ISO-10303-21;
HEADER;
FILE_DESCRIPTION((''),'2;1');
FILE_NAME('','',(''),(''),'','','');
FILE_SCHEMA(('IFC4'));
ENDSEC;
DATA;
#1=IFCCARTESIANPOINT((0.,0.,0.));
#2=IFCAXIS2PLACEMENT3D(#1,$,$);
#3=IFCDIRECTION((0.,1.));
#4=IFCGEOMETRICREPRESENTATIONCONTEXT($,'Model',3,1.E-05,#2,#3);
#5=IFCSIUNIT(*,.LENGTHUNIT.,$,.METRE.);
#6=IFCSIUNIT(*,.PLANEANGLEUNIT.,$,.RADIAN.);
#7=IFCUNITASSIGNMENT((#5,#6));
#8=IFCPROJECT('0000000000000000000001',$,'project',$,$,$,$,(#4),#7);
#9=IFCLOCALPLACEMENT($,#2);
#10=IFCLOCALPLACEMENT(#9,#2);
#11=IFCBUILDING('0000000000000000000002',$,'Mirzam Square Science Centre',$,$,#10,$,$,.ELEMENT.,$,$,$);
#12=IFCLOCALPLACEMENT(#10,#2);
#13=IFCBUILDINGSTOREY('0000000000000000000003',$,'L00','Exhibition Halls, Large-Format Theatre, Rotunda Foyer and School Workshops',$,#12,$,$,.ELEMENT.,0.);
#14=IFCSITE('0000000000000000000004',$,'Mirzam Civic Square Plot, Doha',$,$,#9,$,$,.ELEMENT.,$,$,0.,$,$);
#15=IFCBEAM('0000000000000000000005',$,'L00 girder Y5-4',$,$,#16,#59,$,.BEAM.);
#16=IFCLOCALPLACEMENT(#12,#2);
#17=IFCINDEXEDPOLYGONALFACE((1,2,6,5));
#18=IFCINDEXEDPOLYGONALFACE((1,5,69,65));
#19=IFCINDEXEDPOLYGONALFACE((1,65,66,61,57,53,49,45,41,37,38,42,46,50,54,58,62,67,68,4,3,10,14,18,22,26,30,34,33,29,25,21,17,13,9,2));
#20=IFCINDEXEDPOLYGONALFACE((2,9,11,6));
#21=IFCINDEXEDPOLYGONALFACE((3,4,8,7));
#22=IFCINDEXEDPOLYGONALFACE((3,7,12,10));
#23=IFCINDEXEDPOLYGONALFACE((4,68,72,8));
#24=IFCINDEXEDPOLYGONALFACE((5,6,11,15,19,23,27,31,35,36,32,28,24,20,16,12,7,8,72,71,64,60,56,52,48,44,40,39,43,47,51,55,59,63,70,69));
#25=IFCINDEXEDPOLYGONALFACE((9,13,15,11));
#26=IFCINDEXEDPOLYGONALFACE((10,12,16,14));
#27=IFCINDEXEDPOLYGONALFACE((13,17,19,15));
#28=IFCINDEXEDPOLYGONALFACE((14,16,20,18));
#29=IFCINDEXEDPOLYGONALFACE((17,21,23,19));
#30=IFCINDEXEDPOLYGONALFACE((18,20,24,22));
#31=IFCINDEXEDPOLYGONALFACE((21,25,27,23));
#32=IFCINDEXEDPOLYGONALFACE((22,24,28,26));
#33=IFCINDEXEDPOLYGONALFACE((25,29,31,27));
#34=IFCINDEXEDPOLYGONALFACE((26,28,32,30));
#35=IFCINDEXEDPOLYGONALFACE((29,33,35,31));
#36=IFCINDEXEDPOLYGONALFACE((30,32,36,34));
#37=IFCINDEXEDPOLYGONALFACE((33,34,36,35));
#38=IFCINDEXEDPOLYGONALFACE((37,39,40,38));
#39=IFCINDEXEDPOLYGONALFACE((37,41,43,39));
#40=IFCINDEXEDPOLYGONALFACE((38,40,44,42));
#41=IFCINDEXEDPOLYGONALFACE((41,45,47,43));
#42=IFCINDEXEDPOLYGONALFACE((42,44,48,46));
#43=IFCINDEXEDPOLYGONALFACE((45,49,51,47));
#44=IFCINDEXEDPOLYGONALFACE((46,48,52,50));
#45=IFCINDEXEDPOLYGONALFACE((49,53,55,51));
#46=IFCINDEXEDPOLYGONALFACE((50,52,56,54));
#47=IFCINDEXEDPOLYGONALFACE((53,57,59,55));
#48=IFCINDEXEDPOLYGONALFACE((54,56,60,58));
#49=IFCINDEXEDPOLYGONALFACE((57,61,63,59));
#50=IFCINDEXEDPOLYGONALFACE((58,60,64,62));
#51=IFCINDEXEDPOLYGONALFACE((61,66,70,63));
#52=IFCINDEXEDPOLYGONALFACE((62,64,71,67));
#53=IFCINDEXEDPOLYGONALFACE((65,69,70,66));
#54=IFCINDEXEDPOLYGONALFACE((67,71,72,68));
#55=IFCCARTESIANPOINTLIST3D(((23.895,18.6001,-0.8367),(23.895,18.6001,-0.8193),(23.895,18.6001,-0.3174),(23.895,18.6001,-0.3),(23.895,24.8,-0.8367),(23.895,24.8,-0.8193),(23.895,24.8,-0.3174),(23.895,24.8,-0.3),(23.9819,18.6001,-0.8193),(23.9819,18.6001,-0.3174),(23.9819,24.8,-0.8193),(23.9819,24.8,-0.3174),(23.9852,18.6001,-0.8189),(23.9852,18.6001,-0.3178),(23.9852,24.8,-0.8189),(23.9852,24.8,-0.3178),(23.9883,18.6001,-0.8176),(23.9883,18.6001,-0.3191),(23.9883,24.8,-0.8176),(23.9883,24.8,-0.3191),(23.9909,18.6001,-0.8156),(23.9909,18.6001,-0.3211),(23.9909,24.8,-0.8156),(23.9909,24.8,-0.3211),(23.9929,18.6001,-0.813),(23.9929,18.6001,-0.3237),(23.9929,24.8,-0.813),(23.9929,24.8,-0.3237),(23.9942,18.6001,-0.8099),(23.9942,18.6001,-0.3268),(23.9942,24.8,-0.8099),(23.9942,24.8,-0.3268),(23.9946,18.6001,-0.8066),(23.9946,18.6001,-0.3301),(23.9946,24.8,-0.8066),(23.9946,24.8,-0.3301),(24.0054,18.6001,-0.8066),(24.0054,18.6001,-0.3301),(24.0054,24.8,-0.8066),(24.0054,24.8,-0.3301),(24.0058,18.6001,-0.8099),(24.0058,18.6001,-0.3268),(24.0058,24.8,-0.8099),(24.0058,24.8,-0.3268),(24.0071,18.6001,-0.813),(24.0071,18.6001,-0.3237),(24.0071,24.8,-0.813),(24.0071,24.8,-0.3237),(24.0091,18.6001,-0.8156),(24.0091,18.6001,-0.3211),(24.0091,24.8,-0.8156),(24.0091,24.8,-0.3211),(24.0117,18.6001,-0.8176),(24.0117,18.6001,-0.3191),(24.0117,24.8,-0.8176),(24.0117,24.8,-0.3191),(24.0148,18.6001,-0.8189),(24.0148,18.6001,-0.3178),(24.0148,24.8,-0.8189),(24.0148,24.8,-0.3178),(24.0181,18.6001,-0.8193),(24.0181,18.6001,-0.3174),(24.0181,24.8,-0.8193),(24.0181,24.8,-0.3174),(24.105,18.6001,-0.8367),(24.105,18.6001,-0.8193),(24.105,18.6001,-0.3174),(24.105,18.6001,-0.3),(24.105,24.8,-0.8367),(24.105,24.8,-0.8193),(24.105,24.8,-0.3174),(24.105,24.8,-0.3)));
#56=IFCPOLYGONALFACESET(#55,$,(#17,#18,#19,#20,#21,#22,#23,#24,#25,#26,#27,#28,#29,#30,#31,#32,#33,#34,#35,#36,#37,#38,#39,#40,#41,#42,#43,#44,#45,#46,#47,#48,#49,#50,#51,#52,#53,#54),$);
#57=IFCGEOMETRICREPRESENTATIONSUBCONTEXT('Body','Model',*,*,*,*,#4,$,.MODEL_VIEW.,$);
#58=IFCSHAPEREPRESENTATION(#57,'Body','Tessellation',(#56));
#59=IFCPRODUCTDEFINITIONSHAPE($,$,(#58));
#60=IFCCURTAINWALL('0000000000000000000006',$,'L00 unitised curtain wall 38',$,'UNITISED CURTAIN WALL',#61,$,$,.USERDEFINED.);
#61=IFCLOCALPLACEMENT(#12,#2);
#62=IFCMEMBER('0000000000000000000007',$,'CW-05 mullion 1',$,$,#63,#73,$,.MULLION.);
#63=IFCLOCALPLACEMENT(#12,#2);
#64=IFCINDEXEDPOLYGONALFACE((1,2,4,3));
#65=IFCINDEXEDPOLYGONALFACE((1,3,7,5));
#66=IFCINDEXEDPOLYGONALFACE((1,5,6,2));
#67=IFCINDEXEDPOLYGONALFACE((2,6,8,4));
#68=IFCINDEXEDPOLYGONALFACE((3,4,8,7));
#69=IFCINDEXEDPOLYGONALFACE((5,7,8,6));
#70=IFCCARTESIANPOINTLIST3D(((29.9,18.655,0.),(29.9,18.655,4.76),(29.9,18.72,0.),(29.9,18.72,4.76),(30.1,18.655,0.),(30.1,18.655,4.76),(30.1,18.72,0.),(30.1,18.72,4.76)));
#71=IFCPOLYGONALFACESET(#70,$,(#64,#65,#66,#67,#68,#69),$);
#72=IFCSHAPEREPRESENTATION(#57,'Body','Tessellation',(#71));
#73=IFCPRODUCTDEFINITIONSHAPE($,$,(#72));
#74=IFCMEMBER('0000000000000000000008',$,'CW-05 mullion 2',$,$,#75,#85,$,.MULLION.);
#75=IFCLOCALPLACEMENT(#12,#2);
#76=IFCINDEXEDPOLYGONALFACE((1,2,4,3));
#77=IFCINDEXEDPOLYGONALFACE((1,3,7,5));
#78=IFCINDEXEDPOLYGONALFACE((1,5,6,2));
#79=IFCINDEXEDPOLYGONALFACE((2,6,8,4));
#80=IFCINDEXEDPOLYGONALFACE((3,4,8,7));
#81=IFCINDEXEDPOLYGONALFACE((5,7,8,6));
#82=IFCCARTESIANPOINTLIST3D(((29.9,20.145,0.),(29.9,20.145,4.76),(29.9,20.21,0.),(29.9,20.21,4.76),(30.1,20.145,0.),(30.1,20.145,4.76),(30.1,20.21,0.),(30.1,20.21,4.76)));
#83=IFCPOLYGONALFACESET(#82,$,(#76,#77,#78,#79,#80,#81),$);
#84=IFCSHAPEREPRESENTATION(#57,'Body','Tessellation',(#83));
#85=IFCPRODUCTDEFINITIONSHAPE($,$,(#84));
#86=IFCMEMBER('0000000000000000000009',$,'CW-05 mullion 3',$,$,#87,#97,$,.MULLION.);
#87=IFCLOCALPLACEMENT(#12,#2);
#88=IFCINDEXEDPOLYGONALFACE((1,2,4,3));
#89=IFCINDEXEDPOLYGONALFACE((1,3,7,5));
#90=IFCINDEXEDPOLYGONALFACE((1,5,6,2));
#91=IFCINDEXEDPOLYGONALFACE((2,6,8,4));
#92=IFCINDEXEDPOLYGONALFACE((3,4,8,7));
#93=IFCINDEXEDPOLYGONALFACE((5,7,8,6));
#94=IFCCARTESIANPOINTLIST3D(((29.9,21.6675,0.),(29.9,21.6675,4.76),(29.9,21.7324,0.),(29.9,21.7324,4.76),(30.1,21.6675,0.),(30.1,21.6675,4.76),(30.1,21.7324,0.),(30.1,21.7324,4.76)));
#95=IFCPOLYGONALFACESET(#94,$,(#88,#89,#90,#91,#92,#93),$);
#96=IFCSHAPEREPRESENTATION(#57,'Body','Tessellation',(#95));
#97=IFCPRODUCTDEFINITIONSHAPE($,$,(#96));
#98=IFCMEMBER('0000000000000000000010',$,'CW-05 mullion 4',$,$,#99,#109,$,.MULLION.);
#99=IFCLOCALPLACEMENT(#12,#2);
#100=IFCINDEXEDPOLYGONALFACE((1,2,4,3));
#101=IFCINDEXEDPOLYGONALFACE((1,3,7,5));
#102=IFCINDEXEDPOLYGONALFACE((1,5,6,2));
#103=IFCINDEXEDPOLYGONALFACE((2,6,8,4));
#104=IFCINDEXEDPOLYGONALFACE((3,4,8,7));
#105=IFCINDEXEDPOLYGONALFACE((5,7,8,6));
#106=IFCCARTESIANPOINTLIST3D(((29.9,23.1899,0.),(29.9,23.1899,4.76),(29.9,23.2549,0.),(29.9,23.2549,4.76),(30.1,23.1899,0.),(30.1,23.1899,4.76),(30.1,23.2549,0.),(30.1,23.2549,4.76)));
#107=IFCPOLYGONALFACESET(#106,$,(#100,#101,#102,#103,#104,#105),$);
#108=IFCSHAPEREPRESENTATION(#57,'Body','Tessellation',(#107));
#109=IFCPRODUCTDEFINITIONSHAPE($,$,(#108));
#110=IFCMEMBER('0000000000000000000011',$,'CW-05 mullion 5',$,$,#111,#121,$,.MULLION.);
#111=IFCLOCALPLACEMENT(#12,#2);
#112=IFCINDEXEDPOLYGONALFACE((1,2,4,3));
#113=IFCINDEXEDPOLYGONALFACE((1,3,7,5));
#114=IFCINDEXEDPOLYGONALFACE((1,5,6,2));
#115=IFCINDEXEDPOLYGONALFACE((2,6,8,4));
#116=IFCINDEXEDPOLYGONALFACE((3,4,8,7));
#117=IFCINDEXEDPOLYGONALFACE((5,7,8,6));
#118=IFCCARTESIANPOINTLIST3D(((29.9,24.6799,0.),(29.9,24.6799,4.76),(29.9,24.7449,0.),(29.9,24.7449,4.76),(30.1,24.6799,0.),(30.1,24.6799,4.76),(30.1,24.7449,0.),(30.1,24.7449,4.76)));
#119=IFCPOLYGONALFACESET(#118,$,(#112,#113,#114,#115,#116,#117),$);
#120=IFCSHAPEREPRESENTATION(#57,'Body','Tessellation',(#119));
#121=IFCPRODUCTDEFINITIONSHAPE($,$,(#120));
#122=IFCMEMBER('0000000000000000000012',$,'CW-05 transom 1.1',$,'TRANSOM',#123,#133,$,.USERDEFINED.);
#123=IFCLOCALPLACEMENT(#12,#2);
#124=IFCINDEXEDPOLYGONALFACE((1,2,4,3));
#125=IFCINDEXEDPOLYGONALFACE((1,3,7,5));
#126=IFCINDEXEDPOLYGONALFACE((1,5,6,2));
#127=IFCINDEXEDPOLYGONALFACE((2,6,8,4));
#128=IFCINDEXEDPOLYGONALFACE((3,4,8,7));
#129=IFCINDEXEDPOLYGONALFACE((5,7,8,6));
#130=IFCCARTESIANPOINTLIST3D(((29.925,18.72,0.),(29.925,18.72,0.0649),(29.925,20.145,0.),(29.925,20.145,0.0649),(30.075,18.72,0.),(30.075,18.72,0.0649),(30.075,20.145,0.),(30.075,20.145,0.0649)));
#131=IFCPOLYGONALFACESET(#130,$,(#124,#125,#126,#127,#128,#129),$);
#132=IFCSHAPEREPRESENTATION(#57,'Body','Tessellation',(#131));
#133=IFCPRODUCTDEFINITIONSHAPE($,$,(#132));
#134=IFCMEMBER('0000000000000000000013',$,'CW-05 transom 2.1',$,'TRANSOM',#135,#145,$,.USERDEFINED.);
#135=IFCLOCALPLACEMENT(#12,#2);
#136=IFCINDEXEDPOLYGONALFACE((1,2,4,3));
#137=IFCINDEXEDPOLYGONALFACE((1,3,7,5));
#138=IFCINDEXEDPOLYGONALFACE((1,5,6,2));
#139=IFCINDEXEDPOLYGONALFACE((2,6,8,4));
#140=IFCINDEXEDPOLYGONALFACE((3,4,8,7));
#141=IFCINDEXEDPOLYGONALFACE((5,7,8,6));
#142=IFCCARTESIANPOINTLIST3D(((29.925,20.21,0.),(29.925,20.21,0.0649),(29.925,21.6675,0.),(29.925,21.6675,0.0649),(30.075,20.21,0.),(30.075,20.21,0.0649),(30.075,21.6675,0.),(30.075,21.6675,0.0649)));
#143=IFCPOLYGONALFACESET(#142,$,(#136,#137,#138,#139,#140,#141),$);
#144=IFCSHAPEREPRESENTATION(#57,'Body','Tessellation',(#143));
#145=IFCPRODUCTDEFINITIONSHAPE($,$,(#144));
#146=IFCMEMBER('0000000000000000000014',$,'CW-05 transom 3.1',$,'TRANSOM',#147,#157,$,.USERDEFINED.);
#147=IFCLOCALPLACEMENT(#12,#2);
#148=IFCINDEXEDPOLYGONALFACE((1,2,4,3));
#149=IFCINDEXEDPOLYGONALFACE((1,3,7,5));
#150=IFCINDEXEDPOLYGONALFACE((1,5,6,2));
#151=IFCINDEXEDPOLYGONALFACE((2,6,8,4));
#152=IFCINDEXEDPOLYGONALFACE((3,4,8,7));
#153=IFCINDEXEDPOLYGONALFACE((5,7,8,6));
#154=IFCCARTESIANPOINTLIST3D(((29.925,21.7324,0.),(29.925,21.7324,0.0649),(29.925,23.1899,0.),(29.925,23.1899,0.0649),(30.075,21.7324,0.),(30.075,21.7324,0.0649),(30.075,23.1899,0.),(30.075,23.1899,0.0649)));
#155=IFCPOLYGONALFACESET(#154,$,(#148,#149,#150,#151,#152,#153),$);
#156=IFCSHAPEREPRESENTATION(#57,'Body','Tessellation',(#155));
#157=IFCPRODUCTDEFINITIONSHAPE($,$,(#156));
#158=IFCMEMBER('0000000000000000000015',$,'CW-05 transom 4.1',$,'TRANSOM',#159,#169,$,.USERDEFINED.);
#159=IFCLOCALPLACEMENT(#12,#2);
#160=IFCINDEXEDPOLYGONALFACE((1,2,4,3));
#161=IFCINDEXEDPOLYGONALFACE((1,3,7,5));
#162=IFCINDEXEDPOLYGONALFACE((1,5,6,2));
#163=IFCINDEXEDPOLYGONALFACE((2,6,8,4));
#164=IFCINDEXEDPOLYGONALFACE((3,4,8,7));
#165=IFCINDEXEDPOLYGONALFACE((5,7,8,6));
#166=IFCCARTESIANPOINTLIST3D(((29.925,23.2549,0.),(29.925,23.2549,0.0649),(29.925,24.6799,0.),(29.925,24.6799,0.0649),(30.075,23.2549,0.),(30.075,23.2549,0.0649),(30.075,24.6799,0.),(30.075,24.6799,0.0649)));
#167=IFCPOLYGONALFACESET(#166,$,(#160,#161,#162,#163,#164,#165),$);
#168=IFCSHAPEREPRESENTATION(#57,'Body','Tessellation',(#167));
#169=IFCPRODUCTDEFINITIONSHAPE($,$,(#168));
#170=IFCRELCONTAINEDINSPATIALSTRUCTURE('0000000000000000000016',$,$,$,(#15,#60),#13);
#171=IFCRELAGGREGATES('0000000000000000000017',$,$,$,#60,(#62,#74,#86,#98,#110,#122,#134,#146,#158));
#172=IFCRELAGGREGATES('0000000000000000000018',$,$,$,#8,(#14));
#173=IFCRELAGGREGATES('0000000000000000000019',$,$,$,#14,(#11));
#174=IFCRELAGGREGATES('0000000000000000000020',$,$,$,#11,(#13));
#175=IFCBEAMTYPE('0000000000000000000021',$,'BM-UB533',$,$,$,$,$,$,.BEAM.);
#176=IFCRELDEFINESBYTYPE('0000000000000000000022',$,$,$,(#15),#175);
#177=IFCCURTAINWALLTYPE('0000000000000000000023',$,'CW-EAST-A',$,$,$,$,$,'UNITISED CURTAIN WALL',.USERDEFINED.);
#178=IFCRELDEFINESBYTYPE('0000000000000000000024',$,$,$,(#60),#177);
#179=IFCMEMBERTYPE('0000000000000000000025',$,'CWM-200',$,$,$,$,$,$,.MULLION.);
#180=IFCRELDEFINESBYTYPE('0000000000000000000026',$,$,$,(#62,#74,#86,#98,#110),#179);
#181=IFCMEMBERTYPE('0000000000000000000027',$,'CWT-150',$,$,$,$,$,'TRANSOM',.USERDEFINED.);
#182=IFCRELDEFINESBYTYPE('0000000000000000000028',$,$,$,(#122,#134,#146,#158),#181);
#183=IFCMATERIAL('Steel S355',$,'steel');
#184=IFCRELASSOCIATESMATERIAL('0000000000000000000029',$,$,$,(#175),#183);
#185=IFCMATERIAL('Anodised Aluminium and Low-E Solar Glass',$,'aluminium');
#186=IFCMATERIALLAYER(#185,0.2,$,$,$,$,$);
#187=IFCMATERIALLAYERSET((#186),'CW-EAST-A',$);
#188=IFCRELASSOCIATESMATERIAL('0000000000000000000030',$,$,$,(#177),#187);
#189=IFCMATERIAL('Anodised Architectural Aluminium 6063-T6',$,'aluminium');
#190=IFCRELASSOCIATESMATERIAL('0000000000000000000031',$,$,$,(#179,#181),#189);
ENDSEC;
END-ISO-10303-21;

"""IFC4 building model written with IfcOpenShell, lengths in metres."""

from ifc_helpers import new_model, si_unit, direction, frame, origin, origin_2d, place, context, subcontext, project, spatial, rectangle, i_section, extrude, material, layer, layer_set, material_profile, profile_set, type_object, element, aggregate, save


model = new_model("IFC4")

# Units and contexts
model_context = context("Model", 3, precision=1e-05, world=origin(), true_north=direction((0.0, 1.0)))
body_context = subcontext(model_context, "Body", "Model", "MODEL_VIEW")
ifc_project = project(units=[si_unit("LENGTHUNIT", "METRE"), si_unit("PLANEANGLEUNIT", "RADIAN")], contexts=[model_context])

# Site, building, storey
site_placement = place(None, origin())
site = spatial("IfcSite", under=ifc_project, at=site_placement, Name="Mirzam Civic Square Plot, Doha", CompositionType="ELEMENT", RefElevation=0.0)
building_placement = place(site_placement, origin())
building = spatial("IfcBuilding", under=site, at=building_placement, Name="Mirzam Square Science Centre", CompositionType="ELEMENT")
storey_placement = place(building_placement, origin())
storey = spatial("IfcBuildingStorey", under=building, at=storey_placement, Name="L00", Description="Exhibition Halls, Large-Format Theatre, Rotunda Foyer and School Workshops", CompositionType="ELEMENT", Elevation=0.0)

# Shared definitions
ifc_material_1 = material(Name="Steel S355", Category="steel")

# Beam
ifc_material_profile_1 = material_profile(ifc_material_1, i_section(OverallWidth=0.21, OverallDepth=0.5366, WebThickness=0.0107, FlangeThickness=0.0173, FilletRadius=0.0127, at=origin_2d()), Name="533x210x101UB")
ifc_profile_set_1 = profile_set([ifc_material_profile_1], Name="Steel S355")
beam_type_1 = type_object("IfcBeamType", Name="BM-UB533", PredefinedType="BEAM", material=ifc_profile_set_1)
beam_1_placement = place(storey_placement, frame((24.0, 18.6001, -0.5684), z_axis=(0.0, 1.0, 0.0), x_axis=(-1.0, 0.0, 0.0)))
element("IfcBeam", 1, at=beam_1_placement, inside=storey, type_object=beam_type_1, Name="L00 girder Y5-4", PredefinedType="BEAM", context=body_context, shape_type="SweptSolid", body=[
    extrude(i_section(OverallWidth=0.21, OverallDepth=0.5366, WebThickness=0.0107, FlangeThickness=0.0173, FilletRadius=0.0127, at=origin_2d()), origin(), (0.0, 0.0, 1.0), 6.2),
])

# Curtain wall, members
ifc_material_2 = material(Name="Anodised Aluminium and Low-E Solar Glass", Category="aluminium")
ifc_layer_1 = layer(ifc_material_2, 0.2)
ifc_layer_set_1 = layer_set([ifc_layer_1], Name="CW-EAST-A")
curtain_wall_type = type_object("IfcCurtainWallType", Name="CW-EAST-A", ElementType="UNITISED CURTAIN WALL", PredefinedType="USERDEFINED", material=ifc_layer_set_1)
curtain_wall_placement = place(storey_placement, origin())
curtain_wall = element("IfcCurtainWall", 2, at=curtain_wall_placement, inside=storey, type_object=curtain_wall_type, Name="L00 unitised curtain wall 38", ObjectType="UNITISED CURTAIN WALL", PredefinedType="USERDEFINED")
ifc_material_3 = material(Name="Anodised Architectural Aluminium 6063-T6", Category="aluminium")
ifc_material_profile_2 = material_profile(ifc_material_3, rectangle(XDim=0.0649, YDim=0.2, at=origin_2d()), Name="ALU-MULL-200x65x5")
ifc_profile_set_2 = profile_set([ifc_material_profile_2], Name="Anodised Architectural Aluminium 6063-T6")
member_type_1 = type_object("IfcMemberType", Name="CWM-200", PredefinedType="MULLION", material=ifc_profile_set_2)
member_1_placement = place(storey_placement, frame((30.0, 18.6875, 0.0), z_axis=(0.0, 0.0, 1.0), x_axis=(0.0, 1.0, 0.0)))
member_1 = element("IfcMember", 3, at=member_1_placement, type_object=member_type_1, Name="CW-05 mullion 1", PredefinedType="MULLION", context=body_context, shape_type="SweptSolid", body=[
    extrude(rectangle(XDim=0.0649, YDim=0.2, at=origin_2d()), origin(), (0.0, 0.0, 1.0), 4.76),
])
member_2_placement = place(storey_placement, frame((30.0, 20.1775, 0.0), z_axis=(0.0, 0.0, 1.0), x_axis=(0.0, 1.0, 0.0)))
member_2 = element("IfcMember", 4, at=member_2_placement, type_object=member_type_1, Name="CW-05 mullion 2", PredefinedType="MULLION", context=body_context, shape_type="SweptSolid", body=[
    extrude(rectangle(XDim=0.0649, YDim=0.2, at=origin_2d()), origin(), (0.0, 0.0, 1.0), 4.76),
])
member_3_placement = place(storey_placement, frame((30.0, 21.7, 0.0), z_axis=(0.0, 0.0, 1.0), x_axis=(0.0, 1.0, 0.0)))
member_3 = element("IfcMember", 5, at=member_3_placement, type_object=member_type_1, Name="CW-05 mullion 3", PredefinedType="MULLION", context=body_context, shape_type="SweptSolid", body=[
    extrude(rectangle(XDim=0.0649, YDim=0.2, at=origin_2d()), origin(), (0.0, 0.0, 1.0), 4.76),
])
member_4_placement = place(storey_placement, frame((30.0, 23.2224, 0.0), z_axis=(0.0, 0.0, 1.0), x_axis=(0.0, 1.0, 0.0)))
member_4 = element("IfcMember", 6, at=member_4_placement, type_object=member_type_1, Name="CW-05 mullion 4", PredefinedType="MULLION", context=body_context, shape_type="SweptSolid", body=[
    extrude(rectangle(XDim=0.0649, YDim=0.2, at=origin_2d()), origin(), (0.0, 0.0, 1.0), 4.76),
])
member_5_placement = place(storey_placement, frame((30.0, 24.7124, 0.0), z_axis=(0.0, 0.0, 1.0), x_axis=(0.0, 1.0, 0.0)))
member_5 = element("IfcMember", 7, at=member_5_placement, type_object=member_type_1, Name="CW-05 mullion 5", PredefinedType="MULLION", context=body_context, shape_type="SweptSolid", body=[
    extrude(rectangle(XDim=0.0649, YDim=0.2, at=origin_2d()), origin(), (0.0, 0.0, 1.0), 4.76),
])
ifc_material_profile_3 = material_profile(ifc_material_3, rectangle(XDim=0.1499, YDim=0.0649, at=origin_2d()), Name="ALU-TRAN-150x65x4")
ifc_profile_set_3 = profile_set([ifc_material_profile_3], Name="Anodised Architectural Aluminium 6063-T6")
member_type_2 = type_object("IfcMemberType", Name="CWT-150", ElementType="TRANSOM", PredefinedType="USERDEFINED", material=ifc_profile_set_3)
member_6_placement = place(storey_placement, frame((30.0, 18.72, 0.0325), z_axis=(0.0, 1.0, 0.0), x_axis=(-1.0, 0.0, 0.0)))
member_6 = element("IfcMember", 8, at=member_6_placement, type_object=member_type_2, Name="CW-05 transom 1.1", ObjectType="TRANSOM", PredefinedType="USERDEFINED", context=body_context, shape_type="SweptSolid", body=[
    extrude(rectangle(XDim=0.1499, YDim=0.0649, at=origin_2d()), origin(), (0.0, 0.0, 1.0), 1.425),
])
member_7_placement = place(storey_placement, frame((30.0, 20.21, 0.0325), z_axis=(0.0, 1.0, 0.0), x_axis=(-1.0, 0.0, 0.0)))
member_7 = element("IfcMember", 9, at=member_7_placement, type_object=member_type_2, Name="CW-05 transom 2.1", ObjectType="TRANSOM", PredefinedType="USERDEFINED", context=body_context, shape_type="SweptSolid", body=[
    extrude(rectangle(XDim=0.1499, YDim=0.0649, at=origin_2d()), origin(), (0.0, 0.0, 1.0), 1.4575),
])
member_8_placement = place(storey_placement, frame((30.0, 21.7324, 0.0325), z_axis=(0.0, 1.0, 0.0), x_axis=(-1.0, 0.0, 0.0)))
member_8 = element("IfcMember", 10, at=member_8_placement, type_object=member_type_2, Name="CW-05 transom 3.1", ObjectType="TRANSOM", PredefinedType="USERDEFINED", context=body_context, shape_type="SweptSolid", body=[
    extrude(rectangle(XDim=0.1499, YDim=0.0649, at=origin_2d()), origin(), (0.0, 0.0, 1.0), 1.4575),
])
member_9_placement = place(storey_placement, frame((30.0, 23.2549, 0.0325), z_axis=(0.0, 1.0, 0.0), x_axis=(-1.0, 0.0, 0.0)))
member_9 = element("IfcMember", 11, at=member_9_placement, type_object=member_type_2, Name="CW-05 transom 4.1", ObjectType="TRANSOM", PredefinedType="USERDEFINED", context=body_context, shape_type="SweptSolid", body=[
    extrude(rectangle(XDim=0.1499, YDim=0.0649, at=origin_2d()), origin(), (0.0, 0.0, 1.0), 1.425),
])

aggregate(curtain_wall, [member_1, member_2, member_3, member_4, member_5, member_6, member_7, member_8, member_9])

save(model, "model.ifc")
